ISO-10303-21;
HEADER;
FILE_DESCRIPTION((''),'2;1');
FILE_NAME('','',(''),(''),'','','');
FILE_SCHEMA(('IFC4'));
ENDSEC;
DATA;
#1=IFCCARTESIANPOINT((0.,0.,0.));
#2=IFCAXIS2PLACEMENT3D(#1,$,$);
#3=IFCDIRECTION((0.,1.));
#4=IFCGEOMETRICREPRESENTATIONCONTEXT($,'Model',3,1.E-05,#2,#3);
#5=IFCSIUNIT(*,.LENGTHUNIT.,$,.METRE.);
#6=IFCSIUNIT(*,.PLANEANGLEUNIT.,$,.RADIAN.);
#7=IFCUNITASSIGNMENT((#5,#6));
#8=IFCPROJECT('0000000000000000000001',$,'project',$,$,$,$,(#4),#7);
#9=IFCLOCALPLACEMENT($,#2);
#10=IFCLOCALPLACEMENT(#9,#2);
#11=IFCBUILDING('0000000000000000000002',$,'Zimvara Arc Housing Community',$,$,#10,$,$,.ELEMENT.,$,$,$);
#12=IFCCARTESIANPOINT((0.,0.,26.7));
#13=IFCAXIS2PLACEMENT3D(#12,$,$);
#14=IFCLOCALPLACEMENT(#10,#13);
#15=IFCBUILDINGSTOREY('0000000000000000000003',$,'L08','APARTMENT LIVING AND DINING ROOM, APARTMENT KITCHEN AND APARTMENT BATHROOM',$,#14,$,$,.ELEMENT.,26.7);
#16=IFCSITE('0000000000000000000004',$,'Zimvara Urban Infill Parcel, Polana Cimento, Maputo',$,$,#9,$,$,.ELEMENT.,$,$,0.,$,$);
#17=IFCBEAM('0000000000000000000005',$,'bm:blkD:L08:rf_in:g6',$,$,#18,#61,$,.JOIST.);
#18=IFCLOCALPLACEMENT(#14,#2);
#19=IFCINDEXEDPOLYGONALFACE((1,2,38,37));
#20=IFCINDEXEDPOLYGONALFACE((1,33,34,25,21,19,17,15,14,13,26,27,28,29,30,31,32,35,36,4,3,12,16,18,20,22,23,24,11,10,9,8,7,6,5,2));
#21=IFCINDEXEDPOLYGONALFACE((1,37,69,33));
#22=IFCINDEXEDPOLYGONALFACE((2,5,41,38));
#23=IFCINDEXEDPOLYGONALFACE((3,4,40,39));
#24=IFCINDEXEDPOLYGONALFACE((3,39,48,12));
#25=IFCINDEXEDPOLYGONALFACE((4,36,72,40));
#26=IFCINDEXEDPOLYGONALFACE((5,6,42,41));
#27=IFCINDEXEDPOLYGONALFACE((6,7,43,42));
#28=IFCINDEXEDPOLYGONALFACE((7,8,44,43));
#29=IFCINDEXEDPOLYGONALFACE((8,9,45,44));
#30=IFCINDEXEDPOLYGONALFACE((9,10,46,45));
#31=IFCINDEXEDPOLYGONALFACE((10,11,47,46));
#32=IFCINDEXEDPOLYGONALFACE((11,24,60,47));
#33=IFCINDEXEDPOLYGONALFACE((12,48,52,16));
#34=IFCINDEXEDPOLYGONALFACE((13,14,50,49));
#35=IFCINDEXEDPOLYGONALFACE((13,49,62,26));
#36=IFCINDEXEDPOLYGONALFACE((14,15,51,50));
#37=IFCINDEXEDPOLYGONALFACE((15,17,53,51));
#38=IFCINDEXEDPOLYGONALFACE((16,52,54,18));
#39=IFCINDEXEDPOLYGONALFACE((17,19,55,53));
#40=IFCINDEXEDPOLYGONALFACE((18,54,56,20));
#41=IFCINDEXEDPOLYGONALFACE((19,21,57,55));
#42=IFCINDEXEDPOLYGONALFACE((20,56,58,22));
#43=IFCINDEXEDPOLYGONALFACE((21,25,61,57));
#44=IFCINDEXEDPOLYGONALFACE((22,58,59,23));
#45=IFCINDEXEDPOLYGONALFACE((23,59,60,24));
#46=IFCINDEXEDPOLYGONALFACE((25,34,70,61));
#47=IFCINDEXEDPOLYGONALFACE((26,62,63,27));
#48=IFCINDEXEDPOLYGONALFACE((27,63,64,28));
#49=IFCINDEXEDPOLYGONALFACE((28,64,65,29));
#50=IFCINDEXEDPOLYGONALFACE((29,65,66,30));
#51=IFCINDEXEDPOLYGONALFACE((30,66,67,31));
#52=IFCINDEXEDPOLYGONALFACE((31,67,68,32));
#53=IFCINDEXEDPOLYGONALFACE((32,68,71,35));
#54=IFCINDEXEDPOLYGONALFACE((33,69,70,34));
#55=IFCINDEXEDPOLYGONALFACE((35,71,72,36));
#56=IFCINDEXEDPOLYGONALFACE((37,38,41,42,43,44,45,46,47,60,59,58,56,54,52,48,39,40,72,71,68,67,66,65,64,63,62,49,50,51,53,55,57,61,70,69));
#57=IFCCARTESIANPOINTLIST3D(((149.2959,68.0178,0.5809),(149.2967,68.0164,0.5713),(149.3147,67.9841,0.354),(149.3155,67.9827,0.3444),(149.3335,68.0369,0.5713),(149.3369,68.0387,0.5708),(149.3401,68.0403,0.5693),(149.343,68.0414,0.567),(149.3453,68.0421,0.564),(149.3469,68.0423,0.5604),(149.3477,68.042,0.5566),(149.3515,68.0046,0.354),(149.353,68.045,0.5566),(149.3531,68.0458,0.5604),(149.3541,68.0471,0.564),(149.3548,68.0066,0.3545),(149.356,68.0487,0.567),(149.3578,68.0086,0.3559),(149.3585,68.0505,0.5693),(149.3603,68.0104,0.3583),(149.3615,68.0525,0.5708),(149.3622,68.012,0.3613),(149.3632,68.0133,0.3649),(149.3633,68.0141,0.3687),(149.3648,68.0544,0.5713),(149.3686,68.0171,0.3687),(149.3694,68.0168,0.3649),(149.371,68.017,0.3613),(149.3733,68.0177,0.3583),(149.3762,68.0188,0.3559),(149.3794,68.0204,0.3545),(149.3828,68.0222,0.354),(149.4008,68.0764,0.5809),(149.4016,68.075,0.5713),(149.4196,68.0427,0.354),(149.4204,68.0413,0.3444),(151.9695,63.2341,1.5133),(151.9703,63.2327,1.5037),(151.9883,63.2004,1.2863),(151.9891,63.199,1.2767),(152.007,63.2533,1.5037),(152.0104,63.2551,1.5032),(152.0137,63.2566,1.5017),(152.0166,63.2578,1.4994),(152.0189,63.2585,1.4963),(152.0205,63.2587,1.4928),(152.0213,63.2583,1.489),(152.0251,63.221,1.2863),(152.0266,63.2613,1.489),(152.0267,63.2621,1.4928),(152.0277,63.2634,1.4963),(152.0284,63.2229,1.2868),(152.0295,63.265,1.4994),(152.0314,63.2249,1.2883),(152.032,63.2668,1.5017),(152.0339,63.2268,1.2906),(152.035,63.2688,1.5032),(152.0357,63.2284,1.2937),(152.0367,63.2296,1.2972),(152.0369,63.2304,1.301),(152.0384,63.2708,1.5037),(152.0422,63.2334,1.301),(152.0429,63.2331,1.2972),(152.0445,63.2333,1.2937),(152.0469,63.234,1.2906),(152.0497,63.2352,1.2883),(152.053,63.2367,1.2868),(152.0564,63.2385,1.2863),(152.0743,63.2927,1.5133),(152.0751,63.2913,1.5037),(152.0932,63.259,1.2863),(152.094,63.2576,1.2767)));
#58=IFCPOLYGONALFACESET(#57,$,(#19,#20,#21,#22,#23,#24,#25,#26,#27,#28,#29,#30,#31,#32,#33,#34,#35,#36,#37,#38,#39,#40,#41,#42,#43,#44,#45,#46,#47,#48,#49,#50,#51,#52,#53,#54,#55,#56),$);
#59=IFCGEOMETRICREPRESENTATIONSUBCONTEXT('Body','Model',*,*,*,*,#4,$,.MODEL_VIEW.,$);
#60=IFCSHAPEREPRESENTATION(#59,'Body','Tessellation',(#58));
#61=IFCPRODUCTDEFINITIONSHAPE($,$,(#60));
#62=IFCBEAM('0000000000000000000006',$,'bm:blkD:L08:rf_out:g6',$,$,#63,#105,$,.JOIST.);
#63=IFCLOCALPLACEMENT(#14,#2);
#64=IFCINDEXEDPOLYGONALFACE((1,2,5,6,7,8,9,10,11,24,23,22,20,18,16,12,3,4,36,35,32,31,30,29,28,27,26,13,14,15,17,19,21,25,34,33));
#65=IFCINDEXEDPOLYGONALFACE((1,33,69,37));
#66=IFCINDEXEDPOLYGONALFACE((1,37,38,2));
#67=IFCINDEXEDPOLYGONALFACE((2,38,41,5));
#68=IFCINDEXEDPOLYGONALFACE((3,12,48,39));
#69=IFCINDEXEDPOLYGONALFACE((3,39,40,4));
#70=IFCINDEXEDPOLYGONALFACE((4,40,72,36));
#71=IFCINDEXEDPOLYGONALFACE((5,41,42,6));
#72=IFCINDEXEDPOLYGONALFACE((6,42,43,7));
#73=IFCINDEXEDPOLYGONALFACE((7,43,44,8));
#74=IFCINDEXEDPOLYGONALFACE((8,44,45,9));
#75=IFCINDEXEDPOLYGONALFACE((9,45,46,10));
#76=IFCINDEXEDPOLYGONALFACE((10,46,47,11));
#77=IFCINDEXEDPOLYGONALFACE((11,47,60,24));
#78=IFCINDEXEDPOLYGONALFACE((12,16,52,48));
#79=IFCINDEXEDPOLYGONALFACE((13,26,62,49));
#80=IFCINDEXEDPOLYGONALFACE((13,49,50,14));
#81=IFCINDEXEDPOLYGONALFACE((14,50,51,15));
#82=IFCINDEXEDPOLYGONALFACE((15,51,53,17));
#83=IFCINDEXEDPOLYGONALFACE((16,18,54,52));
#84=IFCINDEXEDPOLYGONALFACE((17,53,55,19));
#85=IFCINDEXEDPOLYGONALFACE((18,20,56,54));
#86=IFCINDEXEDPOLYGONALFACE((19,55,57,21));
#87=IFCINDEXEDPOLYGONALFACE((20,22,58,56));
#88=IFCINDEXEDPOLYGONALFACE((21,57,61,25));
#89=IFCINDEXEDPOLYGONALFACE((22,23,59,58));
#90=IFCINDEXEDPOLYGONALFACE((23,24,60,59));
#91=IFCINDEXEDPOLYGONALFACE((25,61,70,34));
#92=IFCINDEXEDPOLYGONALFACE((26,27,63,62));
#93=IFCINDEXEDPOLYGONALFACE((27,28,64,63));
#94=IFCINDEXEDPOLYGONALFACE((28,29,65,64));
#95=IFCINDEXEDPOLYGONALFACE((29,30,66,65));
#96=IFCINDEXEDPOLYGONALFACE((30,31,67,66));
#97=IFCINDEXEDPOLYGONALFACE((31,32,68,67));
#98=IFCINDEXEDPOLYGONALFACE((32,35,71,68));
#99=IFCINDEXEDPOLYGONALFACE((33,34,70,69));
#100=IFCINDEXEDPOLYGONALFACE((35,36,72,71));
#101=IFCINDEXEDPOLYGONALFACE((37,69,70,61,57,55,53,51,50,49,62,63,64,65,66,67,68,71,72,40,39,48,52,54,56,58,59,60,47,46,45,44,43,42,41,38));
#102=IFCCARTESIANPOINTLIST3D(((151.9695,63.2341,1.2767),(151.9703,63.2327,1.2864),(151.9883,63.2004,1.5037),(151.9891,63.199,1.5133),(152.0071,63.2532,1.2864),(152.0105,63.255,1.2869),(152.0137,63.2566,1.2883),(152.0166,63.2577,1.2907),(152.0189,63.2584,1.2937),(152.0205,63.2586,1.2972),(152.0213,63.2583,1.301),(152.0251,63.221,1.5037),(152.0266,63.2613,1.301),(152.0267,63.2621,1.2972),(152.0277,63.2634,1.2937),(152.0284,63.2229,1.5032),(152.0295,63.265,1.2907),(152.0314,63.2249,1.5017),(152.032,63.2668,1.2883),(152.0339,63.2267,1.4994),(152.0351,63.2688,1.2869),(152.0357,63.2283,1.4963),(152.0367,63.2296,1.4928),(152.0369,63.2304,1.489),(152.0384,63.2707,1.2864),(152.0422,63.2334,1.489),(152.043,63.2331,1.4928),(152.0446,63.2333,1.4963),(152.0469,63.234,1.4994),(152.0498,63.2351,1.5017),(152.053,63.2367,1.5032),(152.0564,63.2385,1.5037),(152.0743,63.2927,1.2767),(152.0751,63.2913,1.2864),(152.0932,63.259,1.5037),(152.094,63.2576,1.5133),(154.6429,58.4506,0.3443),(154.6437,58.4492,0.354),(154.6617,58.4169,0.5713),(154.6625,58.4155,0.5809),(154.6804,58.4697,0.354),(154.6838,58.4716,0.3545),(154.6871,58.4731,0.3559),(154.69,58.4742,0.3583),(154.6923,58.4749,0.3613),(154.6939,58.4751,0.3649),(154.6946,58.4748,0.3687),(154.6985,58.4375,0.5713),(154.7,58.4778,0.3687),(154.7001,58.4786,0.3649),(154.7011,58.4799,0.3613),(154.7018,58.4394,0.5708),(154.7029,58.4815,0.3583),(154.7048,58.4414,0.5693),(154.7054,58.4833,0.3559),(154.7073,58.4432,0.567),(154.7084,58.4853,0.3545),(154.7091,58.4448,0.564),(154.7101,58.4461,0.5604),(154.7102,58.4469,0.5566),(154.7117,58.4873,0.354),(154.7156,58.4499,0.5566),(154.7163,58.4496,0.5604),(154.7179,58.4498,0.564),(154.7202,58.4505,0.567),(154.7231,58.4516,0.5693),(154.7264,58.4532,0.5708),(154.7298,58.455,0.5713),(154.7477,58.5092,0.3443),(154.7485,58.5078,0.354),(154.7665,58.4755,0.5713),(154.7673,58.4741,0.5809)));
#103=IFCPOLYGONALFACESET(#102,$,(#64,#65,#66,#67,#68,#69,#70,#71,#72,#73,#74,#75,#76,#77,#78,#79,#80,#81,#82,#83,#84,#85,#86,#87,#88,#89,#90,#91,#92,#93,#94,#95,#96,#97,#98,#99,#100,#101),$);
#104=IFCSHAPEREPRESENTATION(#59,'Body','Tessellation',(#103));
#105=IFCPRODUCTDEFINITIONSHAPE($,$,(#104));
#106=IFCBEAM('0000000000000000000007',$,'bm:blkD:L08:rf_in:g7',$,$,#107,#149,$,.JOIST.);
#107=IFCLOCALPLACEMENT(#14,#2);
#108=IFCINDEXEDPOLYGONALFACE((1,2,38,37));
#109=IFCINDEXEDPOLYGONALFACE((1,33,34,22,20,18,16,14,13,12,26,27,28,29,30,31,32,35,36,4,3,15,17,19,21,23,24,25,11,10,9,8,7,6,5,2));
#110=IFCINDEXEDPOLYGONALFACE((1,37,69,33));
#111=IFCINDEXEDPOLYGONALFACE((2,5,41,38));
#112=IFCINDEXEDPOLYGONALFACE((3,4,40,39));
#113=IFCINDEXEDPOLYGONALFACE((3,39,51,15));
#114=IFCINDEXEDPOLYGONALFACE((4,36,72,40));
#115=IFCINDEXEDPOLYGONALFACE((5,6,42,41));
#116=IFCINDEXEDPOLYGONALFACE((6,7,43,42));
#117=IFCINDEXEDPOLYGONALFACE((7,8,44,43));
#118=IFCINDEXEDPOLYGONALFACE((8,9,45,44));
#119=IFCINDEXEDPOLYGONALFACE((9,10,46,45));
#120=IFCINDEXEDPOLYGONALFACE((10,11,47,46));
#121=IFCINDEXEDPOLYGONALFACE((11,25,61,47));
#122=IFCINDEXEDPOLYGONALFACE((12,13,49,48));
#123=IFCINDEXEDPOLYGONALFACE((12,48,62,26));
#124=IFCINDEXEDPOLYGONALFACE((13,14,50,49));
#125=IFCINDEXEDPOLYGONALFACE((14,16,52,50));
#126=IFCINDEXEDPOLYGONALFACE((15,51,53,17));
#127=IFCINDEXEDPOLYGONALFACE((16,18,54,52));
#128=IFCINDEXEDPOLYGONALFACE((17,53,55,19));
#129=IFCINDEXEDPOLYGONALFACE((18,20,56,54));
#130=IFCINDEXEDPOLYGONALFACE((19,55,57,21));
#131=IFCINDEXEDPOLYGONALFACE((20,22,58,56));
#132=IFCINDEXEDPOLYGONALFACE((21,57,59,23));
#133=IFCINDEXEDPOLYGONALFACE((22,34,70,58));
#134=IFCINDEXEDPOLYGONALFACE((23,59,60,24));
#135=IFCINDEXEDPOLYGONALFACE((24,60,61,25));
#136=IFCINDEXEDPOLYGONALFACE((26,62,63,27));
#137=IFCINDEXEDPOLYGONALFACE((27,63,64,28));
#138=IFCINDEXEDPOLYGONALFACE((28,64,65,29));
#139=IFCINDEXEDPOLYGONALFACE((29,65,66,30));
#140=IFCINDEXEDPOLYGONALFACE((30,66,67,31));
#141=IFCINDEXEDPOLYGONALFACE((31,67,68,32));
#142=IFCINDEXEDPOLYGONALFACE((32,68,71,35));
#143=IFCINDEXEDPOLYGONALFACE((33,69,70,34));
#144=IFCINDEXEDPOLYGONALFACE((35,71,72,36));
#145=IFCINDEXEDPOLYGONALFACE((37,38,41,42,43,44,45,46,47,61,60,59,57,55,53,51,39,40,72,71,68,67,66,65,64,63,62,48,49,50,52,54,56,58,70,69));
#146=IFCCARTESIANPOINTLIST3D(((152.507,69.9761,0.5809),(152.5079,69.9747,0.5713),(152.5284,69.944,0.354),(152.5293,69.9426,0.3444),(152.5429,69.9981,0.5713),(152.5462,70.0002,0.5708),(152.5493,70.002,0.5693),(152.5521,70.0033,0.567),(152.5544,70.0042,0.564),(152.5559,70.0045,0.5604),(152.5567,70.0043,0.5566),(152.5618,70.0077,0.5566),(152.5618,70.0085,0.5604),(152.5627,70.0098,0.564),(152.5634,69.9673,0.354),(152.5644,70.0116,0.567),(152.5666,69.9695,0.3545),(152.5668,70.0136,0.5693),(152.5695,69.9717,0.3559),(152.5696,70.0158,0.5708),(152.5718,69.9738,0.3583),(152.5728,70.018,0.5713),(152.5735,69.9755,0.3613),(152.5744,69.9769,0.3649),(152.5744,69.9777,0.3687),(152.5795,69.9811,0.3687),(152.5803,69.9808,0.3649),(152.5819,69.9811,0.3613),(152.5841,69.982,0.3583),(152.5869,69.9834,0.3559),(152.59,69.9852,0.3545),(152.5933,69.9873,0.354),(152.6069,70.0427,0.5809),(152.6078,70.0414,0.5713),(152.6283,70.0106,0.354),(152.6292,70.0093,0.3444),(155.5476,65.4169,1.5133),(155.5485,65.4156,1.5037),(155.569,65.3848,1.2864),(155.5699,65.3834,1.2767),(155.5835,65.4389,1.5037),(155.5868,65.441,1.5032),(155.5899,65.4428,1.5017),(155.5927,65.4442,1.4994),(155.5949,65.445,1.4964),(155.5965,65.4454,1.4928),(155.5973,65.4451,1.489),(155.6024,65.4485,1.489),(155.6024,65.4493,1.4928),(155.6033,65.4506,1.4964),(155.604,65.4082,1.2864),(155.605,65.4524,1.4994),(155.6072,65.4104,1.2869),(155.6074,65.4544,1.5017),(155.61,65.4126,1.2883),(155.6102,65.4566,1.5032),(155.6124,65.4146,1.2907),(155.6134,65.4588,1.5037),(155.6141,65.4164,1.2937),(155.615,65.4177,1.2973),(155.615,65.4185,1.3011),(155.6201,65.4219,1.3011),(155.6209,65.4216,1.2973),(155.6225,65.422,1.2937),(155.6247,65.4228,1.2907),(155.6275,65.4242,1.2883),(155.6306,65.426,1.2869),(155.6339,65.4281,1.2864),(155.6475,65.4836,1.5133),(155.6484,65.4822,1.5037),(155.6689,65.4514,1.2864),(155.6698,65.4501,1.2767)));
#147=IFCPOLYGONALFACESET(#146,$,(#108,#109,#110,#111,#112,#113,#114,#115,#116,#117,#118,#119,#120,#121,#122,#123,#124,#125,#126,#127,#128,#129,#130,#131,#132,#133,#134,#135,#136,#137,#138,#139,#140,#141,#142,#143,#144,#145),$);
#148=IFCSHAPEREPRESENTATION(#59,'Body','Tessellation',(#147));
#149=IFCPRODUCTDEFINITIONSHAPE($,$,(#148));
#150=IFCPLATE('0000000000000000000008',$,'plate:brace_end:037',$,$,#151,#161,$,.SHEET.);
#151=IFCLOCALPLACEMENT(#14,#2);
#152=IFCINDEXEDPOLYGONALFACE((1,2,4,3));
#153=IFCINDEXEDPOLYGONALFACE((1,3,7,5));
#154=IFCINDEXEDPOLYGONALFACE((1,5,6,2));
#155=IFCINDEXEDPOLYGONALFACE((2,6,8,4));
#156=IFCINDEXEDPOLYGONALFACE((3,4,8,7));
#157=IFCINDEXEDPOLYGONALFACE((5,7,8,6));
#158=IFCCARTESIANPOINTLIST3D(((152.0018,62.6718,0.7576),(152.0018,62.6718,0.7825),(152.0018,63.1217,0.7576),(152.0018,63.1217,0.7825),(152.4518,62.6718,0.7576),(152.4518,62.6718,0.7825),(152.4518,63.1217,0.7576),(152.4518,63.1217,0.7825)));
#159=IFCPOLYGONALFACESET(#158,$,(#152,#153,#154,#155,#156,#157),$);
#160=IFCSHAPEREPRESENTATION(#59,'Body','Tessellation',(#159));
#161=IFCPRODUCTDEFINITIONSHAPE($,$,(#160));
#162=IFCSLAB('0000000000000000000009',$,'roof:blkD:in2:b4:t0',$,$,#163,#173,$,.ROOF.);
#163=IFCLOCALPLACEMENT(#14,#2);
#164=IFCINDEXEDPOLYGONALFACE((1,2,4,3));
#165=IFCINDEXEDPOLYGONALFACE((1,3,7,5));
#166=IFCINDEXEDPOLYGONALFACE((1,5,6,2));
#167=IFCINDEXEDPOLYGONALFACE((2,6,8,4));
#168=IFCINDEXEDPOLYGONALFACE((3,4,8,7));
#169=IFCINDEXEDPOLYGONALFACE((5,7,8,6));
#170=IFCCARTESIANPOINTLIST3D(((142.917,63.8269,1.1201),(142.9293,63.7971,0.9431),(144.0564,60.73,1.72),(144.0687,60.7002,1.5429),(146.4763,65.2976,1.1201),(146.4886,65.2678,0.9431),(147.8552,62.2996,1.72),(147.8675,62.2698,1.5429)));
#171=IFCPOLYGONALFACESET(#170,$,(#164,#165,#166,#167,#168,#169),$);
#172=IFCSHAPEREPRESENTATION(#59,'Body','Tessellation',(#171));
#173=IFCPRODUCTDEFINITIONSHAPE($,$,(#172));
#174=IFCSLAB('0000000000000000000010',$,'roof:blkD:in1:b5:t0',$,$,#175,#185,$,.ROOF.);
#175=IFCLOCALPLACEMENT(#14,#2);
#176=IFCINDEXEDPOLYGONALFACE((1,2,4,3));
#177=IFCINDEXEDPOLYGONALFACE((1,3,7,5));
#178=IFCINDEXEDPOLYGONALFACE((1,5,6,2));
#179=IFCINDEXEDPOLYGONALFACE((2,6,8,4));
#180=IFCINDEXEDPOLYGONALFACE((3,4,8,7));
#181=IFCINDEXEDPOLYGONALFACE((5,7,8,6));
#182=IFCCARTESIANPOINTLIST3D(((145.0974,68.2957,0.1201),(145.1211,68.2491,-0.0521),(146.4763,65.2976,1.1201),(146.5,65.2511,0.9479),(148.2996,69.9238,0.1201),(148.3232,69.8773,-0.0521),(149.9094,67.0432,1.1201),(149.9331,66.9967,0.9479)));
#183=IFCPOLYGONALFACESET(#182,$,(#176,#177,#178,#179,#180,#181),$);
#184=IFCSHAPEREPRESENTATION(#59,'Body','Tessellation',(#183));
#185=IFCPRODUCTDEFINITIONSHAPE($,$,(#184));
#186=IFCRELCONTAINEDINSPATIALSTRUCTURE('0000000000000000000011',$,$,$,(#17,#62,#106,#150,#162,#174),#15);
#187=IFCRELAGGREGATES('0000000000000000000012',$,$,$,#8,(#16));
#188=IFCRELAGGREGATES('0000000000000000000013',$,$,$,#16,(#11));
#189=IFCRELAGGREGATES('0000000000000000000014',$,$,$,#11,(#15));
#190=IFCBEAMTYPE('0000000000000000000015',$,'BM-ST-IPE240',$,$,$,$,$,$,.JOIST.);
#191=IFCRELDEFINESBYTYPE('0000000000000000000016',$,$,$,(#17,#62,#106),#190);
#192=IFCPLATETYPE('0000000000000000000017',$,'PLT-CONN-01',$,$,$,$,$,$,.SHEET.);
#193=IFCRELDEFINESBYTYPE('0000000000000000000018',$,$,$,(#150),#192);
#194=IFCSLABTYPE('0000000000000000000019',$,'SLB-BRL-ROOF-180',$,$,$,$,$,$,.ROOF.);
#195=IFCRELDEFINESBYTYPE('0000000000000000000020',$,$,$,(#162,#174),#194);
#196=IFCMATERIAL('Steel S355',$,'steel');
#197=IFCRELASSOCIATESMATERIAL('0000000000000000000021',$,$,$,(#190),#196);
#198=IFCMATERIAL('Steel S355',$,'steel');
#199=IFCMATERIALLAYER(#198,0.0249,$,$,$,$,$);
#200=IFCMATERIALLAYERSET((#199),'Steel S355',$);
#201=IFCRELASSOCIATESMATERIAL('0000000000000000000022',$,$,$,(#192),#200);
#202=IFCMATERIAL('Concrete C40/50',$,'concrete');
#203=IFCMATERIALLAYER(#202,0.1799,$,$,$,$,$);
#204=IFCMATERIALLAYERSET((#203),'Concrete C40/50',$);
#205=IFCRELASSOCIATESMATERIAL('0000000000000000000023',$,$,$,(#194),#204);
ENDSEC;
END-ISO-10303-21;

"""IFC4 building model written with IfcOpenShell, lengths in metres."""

from ifc_helpers import new_model, si_unit, direction, frame, origin, origin_2d, place, context, subcontext, project, spatial, polyline, rectangle, i_section, outline, extrude, material, layer, layer_set, material_profile, profile_set, type_object, element, save


model = new_model("IFC4")

# Units and contexts
model_context = context("Model", 3, precision=1e-05, world=origin(), true_north=direction((0.0, 1.0)))
body_context = subcontext(model_context, "Body", "Model", "MODEL_VIEW")
ifc_project = project(units=[si_unit("LENGTHUNIT", "METRE"), si_unit("PLANEANGLEUNIT", "RADIAN")], contexts=[model_context])

# Site, building, storey
site_placement = place(None, origin())
site = spatial("IfcSite", under=ifc_project, at=site_placement, Name="Zimvara Urban Infill Parcel, Polana Cimento, Maputo", CompositionType="ELEMENT", RefElevation=0.0)
building_placement = place(site_placement, origin())
building = spatial("IfcBuilding", under=site, at=building_placement, Name="Zimvara Arc Housing Community", CompositionType="ELEMENT")
storey_placement = place(building_placement, frame((0.0, 0.0, 26.7)))
storey = spatial("IfcBuildingStorey", under=building, at=storey_placement, Name="L08", Description="APARTMENT LIVING AND DINING ROOM, APARTMENT KITCHEN AND APARTMENT BATHROOM", CompositionType="ELEMENT", Elevation=26.7)

# Beams
ifc_material_1 = material(Name="Steel S355", Category="steel")
ifc_material_profile_1 = material_profile(ifc_material_1, i_section(OverallWidth=0.1201, OverallDepth=0.24, WebThickness=0.0061, FlangeThickness=0.0098, FilletRadius=0.0149, at=origin_2d()), Name="IPE 240")
ifc_profile_set_1 = profile_set([ifc_material_profile_1], Name="Steel S355")
beam_type_1 = type_object("IfcBeamType", Name="BM-ST-IPE240", PredefinedType="JOIST", material=ifc_profile_set_1)
beam_1_placement = place(storey_placement, frame((149.3582, 68.0295, 0.4626), z_axis=(0.480958, -0.860551, 0.167727), x_axis=(0.872917, 0.487869, 0.0)))
element("IfcBeam", 1, at=beam_1_placement, inside=storey, type_object=beam_type_1, Name="bm:blkD:L08:rf_in:g6", PredefinedType="JOIST", context=body_context, shape_type="SweptSolid", body=[
    extrude(i_section(OverallWidth=0.1201, OverallDepth=0.24, WebThickness=0.0061, FlangeThickness=0.0098, FilletRadius=0.0149, at=origin_2d()), origin(), (0.0, 0.0, 1.0), 5.5588),
])
beam_2_placement = place(storey_placement, frame((152.0317, 63.2458, 1.395), z_axis=(0.480942, -0.860557, -0.167737), x_axis=(0.872925, 0.487854, 0.0)))
element("IfcBeam", 2, at=beam_2_placement, inside=storey, type_object=beam_type_1, Name="bm:blkD:L08:rf_out:g6", PredefinedType="JOIST", context=body_context, shape_type="SweptSolid", body=[
    extrude(i_section(OverallWidth=0.1201, OverallDepth=0.24, WebThickness=0.0061, FlangeThickness=0.0098, FilletRadius=0.0149, at=origin_2d()), origin(), (0.0, 0.0, 1.0), 5.5586),
])
beam_3_placement = place(storey_placement, frame((152.5681, 69.9927, 0.4626), z_axis=(0.546983, -0.820168, 0.167732), x_axis=(0.831954, 0.554844, 0.0)))
element("IfcBeam", 3, at=beam_3_placement, inside=storey, type_object=beam_type_1, Name="bm:blkD:L08:rf_in:g7", PredefinedType="JOIST", context=body_context, shape_type="SweptSolid", body=[
    extrude(i_section(OverallWidth=0.1201, OverallDepth=0.24, WebThickness=0.0061, FlangeThickness=0.0098, FilletRadius=0.0149, at=origin_2d()), origin(), (0.0, 0.0, 1.0), 5.5588),
])

# Plate
ifc_material_2 = material(Name="Steel S355", Category="steel")
ifc_layer_1 = layer(ifc_material_2, 0.0249)
ifc_layer_set_1 = layer_set([ifc_layer_1], Name="Steel S355")
plate_type = type_object("IfcPlateType", Name="PLT-CONN-01", PredefinedType="SHEET", material=ifc_layer_set_1)
plate_placement = place(storey_placement, frame((152.2268, 62.8967, 0.7576), z_axis=(0.0, 0.0, 1.0), x_axis=(1.0, 0.0, 0.0)))
element("IfcPlate", 4, at=plate_placement, inside=storey, type_object=plate_type, Name="plate:brace_end:037", PredefinedType="SHEET", context=body_context, shape_type="SweptSolid", body=[
    extrude(rectangle(XDim=0.45, YDim=0.45, at=origin_2d()), origin(), (0.0, 0.0, 1.0), 0.0249),
])

# Slabs
ifc_material_3 = material(Name="Concrete C40/50", Category="concrete")
ifc_layer_2 = layer(ifc_material_3, 0.1799)
ifc_layer_set_2 = layer_set([ifc_layer_2], Name="Concrete C40/50")
slab_type = type_object("IfcSlabType", Name="SLB-BRL-ROOF-180", PredefinedType="ROOF", material=ifc_layer_set_2)
slab_1_placement = place(storey_placement, frame((142.917, 63.8269, 1.1201), z_axis=(-0.068348, 0.165417, 0.983852), x_axis=(0.924211, 0.381881, -0.000002)))
element("IfcSlab", 5, at=slab_1_placement, inside=storey, type_object=slab_type, Name="roof:blkD:in2:b4:t0", PredefinedType="ROOF", context=body_context, shape_type="SweptSolid", body=[
    extrude(outline(polyline([(0.0, 0.0), (3.8512, 0.0), (3.9807, -3.3515), (-0.1296, -3.3514), (0.0, 0.0)])), origin(), (0.0, 0.0, -1.0), 0.1799),
])
slab_2_placement = place(storey_placement, frame((145.0974, 68.2957, 0.1201), z_axis=(-0.131537, 0.258696, 0.956961), x_axis=(0.891389, 0.453238, 0.0)))
element("IfcSlab", 6, at=slab_2_placement, inside=storey, type_object=slab_type, Name="roof:blkD:in1:b5:t0", PredefinedType="ROOF", context=body_context, shape_type="SweptSolid", body=[
    extrude(outline(polyline([(0.0, 0.0), (3.5923, 0.0), (3.7217, -3.4457), (-0.1297, -3.4457), (0.0, 0.0)])), origin(), (0.0, 0.0, -1.0), 0.1799),
])

save(model, "model.ifc")
